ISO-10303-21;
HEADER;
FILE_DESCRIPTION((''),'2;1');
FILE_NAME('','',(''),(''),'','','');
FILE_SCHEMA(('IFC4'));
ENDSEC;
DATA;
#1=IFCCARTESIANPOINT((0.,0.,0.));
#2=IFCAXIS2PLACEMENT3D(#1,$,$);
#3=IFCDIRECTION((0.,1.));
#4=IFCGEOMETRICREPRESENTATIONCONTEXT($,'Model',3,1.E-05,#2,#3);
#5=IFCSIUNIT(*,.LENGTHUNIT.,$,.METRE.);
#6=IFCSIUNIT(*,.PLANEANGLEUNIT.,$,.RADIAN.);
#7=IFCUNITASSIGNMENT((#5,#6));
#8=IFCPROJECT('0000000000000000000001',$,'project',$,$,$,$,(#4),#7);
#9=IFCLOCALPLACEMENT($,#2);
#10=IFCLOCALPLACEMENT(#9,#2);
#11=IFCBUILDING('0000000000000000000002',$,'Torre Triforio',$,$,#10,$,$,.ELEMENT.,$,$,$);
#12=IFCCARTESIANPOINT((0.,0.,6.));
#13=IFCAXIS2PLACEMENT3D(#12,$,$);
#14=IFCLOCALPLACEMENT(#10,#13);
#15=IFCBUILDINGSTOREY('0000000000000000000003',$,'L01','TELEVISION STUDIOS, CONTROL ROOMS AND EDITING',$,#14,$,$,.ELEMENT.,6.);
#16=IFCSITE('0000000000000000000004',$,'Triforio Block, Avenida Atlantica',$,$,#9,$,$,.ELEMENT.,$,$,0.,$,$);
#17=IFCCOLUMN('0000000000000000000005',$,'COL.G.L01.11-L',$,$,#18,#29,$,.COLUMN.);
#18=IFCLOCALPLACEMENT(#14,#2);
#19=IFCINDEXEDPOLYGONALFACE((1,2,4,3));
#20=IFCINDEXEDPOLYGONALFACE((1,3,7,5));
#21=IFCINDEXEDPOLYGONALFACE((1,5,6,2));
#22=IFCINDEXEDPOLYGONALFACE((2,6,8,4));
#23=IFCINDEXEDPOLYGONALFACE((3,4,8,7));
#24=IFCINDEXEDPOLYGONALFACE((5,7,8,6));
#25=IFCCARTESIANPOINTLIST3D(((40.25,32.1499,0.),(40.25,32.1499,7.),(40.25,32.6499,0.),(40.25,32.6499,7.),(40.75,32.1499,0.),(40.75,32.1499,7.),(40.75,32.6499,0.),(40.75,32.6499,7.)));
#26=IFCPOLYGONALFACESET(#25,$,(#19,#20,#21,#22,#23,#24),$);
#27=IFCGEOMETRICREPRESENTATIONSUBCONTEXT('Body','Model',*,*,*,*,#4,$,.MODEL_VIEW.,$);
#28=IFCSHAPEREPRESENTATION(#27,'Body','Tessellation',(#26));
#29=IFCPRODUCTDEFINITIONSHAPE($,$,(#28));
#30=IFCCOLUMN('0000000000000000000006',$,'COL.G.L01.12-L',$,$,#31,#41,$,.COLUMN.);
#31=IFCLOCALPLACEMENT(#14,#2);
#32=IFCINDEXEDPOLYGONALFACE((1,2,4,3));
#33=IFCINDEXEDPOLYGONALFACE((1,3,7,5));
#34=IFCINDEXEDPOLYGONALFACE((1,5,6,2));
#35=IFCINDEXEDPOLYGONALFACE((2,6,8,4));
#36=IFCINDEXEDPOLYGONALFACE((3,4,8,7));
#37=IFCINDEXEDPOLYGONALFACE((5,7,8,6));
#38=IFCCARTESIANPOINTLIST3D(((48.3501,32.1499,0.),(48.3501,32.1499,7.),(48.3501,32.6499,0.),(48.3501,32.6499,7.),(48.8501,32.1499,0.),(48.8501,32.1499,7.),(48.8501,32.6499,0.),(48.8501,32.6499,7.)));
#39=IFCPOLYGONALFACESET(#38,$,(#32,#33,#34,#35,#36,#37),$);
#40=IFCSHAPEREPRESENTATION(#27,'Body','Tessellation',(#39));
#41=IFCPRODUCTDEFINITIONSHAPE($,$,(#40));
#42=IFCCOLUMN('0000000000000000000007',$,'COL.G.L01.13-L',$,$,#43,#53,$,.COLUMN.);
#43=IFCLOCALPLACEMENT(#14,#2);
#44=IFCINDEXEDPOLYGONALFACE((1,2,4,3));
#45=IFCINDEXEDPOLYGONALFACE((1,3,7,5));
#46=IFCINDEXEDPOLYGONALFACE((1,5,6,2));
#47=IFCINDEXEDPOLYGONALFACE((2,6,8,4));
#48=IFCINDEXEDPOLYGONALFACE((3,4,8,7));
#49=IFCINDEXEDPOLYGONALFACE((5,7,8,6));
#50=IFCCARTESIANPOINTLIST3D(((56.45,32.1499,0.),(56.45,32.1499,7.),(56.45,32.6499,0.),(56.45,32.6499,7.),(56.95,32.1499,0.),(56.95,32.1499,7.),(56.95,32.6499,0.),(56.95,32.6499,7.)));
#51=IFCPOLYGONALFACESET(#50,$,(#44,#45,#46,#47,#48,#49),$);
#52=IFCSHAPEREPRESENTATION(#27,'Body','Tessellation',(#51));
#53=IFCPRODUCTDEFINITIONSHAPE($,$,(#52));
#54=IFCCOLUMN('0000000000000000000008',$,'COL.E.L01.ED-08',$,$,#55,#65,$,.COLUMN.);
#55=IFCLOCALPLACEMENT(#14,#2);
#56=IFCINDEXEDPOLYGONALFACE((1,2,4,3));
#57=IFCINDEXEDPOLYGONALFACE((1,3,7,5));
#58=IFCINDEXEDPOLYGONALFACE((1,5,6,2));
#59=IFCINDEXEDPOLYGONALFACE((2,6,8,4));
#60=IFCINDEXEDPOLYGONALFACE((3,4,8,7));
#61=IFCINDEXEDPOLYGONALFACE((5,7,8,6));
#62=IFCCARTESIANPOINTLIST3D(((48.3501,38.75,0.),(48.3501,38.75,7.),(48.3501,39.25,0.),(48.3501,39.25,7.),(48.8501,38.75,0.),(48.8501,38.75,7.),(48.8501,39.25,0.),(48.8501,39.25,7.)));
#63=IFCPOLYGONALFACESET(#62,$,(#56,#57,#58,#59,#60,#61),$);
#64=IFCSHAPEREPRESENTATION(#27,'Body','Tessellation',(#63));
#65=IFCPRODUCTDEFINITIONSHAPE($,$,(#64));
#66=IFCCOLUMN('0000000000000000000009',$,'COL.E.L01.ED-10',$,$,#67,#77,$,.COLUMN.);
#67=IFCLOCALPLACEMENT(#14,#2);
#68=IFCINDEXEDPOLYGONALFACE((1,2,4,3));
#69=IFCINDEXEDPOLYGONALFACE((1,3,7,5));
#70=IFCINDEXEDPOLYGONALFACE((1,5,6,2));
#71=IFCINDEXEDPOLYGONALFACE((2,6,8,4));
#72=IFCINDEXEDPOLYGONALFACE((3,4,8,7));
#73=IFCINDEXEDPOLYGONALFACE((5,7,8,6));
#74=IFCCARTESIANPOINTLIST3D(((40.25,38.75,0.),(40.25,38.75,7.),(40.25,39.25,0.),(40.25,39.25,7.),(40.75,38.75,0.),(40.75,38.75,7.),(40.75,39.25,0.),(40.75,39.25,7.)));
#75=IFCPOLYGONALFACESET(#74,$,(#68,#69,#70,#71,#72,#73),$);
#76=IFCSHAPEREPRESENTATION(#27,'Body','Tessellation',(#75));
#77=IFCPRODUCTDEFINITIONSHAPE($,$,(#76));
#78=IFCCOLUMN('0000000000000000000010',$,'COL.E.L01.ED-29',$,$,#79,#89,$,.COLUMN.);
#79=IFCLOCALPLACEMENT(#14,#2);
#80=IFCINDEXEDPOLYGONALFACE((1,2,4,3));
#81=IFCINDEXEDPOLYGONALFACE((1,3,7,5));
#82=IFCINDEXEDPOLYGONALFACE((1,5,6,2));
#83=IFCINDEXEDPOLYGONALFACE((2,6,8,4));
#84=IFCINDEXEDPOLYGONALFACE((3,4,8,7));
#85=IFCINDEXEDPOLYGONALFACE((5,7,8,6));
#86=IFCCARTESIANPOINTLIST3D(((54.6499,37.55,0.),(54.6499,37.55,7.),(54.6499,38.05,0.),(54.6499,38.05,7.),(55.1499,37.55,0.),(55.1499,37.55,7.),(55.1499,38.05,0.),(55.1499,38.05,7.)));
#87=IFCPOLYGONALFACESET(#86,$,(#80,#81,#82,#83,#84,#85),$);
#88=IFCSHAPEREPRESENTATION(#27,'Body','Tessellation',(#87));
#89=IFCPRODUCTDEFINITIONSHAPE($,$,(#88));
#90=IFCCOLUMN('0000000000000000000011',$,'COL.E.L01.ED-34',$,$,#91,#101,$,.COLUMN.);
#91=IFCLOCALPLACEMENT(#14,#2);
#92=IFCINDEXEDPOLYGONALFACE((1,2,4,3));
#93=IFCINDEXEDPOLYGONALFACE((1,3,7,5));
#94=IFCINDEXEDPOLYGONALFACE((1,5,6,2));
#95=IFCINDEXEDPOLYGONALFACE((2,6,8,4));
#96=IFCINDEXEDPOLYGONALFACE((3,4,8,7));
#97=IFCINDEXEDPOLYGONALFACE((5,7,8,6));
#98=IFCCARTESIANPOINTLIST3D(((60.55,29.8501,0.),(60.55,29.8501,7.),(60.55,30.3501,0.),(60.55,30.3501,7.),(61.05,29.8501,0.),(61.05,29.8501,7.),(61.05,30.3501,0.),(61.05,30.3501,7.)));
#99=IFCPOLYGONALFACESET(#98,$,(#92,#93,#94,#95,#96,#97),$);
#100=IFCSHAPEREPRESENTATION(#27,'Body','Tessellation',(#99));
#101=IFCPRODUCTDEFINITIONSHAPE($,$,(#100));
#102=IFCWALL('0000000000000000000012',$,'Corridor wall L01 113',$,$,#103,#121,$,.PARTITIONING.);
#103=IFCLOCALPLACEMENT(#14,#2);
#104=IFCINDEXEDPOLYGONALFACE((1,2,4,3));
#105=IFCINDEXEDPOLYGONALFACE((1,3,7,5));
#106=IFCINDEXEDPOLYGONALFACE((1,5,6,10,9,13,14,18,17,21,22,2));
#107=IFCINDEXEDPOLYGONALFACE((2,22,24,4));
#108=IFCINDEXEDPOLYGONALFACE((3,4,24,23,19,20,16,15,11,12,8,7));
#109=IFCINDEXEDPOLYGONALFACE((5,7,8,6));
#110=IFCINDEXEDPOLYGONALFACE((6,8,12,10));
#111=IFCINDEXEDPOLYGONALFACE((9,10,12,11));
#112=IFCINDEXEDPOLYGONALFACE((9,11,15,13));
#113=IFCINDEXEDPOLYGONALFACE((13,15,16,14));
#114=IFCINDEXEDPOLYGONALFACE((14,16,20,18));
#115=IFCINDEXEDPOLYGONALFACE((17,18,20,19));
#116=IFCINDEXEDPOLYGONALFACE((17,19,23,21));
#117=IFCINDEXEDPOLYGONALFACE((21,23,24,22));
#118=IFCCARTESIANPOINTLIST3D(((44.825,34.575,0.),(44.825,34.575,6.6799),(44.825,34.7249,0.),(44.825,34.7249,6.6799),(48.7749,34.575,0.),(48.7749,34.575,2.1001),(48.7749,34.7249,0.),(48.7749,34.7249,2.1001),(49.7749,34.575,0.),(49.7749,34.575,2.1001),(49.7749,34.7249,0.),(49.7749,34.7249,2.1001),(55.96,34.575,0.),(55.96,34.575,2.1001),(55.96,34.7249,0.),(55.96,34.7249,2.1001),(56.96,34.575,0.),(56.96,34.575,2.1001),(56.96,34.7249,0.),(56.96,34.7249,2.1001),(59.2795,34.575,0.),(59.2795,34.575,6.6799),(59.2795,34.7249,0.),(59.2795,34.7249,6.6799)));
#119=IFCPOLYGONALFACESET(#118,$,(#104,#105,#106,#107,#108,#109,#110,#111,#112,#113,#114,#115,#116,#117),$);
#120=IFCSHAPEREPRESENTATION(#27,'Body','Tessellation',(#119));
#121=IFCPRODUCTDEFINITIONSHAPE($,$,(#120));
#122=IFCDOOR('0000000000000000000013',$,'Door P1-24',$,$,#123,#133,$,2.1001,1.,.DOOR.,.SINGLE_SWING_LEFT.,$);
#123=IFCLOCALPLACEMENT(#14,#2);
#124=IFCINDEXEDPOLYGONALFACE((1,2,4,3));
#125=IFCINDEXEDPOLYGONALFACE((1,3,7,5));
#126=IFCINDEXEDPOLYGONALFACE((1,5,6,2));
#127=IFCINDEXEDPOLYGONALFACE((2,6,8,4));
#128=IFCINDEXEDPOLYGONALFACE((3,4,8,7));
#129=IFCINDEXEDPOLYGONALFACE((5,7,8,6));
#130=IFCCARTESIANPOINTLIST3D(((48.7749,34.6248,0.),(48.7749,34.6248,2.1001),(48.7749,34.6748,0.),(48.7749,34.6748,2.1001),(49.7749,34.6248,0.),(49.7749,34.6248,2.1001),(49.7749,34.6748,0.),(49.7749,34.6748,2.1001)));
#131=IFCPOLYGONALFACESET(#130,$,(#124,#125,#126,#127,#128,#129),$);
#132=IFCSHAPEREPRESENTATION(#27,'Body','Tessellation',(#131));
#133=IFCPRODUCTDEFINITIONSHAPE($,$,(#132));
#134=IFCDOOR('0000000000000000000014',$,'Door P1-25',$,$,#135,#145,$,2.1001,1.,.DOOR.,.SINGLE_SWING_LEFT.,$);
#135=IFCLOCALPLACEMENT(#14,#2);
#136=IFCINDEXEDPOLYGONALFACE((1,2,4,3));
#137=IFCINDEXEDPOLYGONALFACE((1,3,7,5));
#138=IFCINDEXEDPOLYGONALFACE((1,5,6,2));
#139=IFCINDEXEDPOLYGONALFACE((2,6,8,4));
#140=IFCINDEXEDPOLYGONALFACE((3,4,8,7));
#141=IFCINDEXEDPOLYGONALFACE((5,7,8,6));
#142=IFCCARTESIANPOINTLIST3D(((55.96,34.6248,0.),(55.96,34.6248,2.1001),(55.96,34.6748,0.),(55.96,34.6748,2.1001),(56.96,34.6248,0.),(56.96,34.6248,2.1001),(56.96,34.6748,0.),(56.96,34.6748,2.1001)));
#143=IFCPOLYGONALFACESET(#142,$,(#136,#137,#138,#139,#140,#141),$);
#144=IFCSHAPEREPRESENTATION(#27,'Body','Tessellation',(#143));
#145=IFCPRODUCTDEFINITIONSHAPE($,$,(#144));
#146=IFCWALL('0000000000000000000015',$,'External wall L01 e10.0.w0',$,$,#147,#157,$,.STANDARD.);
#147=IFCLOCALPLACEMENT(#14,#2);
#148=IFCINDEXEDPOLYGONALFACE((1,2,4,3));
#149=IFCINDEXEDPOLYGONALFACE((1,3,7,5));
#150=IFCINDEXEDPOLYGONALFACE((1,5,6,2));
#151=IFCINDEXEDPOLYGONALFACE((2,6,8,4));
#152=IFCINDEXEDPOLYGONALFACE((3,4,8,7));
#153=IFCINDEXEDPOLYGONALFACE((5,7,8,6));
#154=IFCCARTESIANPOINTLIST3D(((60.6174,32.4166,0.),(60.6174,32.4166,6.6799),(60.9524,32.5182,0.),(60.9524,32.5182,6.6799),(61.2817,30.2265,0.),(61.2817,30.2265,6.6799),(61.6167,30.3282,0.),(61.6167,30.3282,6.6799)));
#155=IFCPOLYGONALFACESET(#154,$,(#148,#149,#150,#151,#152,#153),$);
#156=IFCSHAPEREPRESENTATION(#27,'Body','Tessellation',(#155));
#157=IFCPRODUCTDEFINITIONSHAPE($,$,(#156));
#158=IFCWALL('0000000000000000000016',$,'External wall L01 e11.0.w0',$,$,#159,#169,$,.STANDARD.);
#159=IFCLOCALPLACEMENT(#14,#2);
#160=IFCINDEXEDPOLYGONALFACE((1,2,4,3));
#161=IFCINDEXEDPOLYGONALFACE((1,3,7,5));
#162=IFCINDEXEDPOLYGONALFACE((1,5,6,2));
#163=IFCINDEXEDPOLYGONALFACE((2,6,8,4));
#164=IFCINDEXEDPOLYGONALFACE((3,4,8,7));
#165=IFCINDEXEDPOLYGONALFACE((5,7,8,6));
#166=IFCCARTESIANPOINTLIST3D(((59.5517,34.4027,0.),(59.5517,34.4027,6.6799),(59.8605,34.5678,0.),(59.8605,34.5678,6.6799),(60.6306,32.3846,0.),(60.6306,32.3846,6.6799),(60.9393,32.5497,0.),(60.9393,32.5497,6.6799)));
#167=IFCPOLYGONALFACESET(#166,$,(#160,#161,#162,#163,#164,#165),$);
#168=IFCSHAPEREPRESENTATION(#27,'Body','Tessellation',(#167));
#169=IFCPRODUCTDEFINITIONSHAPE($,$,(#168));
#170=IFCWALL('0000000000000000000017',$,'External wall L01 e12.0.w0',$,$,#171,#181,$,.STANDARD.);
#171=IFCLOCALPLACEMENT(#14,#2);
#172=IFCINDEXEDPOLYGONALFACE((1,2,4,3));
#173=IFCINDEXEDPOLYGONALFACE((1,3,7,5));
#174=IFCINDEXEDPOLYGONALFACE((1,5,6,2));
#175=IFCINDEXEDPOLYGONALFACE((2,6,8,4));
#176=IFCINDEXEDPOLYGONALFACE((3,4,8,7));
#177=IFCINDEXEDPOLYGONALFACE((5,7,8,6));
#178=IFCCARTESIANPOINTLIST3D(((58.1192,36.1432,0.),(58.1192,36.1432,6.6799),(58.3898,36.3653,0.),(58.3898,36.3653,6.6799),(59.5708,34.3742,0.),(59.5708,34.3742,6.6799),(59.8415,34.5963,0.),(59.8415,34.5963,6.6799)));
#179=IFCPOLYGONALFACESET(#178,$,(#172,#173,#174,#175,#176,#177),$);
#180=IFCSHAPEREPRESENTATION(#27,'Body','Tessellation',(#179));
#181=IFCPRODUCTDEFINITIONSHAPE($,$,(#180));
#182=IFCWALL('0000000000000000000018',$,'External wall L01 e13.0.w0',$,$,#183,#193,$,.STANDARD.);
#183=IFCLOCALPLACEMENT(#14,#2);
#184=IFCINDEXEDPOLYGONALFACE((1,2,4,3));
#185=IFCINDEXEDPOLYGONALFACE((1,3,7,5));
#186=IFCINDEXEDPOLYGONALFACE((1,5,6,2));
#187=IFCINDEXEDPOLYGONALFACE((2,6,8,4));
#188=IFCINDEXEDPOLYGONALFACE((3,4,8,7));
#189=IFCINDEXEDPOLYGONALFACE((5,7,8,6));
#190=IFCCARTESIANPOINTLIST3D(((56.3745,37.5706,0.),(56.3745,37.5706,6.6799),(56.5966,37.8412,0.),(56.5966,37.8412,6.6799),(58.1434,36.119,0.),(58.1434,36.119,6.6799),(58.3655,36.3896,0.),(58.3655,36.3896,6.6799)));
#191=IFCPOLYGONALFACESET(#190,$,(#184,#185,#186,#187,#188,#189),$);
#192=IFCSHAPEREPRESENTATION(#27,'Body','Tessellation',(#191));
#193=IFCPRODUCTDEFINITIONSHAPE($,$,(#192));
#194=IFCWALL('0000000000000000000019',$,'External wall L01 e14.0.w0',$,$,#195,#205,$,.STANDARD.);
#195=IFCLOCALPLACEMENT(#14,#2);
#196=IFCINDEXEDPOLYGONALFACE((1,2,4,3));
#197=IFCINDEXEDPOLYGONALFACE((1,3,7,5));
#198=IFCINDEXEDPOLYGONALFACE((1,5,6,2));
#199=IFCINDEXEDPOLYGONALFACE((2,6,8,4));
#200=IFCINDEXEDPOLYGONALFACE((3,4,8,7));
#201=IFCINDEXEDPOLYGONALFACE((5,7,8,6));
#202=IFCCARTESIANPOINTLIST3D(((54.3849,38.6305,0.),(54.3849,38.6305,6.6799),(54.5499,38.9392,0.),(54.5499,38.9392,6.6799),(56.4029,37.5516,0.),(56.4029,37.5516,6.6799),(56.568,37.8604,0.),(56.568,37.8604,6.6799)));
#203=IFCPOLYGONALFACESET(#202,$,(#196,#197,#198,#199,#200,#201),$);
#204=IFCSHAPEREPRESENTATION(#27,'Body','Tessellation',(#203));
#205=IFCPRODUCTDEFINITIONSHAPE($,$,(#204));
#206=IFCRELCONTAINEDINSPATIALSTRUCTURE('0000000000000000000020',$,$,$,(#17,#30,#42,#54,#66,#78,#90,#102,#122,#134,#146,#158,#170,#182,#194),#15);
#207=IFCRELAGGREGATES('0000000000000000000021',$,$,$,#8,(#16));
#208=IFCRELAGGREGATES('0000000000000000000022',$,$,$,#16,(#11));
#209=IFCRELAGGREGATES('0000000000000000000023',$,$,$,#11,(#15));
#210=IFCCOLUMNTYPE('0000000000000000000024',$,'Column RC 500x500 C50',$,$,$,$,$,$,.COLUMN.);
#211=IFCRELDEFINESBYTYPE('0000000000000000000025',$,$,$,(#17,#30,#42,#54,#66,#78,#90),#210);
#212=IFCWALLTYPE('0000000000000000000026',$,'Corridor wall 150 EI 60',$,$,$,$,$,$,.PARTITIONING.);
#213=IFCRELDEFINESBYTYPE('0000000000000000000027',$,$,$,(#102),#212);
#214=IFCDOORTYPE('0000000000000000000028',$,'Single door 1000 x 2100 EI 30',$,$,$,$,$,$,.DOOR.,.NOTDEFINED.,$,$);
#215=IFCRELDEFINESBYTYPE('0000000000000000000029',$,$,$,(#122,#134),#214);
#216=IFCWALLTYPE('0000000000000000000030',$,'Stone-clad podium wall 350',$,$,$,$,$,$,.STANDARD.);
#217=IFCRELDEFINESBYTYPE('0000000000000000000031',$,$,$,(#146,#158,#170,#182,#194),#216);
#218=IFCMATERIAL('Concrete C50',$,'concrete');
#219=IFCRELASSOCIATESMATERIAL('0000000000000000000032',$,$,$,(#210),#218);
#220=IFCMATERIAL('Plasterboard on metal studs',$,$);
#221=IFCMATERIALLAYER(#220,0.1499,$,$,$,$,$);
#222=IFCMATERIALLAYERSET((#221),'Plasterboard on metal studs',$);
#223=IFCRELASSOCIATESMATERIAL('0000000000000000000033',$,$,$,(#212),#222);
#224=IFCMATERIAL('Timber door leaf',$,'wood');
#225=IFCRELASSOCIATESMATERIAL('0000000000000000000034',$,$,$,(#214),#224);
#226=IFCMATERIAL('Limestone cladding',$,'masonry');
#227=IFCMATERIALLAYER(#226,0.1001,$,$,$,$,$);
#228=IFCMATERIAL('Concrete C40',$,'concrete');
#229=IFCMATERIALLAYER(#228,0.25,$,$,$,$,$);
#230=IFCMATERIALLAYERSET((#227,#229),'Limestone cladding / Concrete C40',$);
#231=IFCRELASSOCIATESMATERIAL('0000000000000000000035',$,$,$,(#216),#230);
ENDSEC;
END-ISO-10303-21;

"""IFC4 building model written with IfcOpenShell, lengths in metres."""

from ifc_helpers import new_model, si_unit, direction, frame, frame_2d, origin, origin_2d, place, context, subcontext, project, spatial, rectangle, extrude, material, layer, layer_set, material_profile, profile_set, type_object, element, fill, save


model = new_model("IFC4")

# Units and contexts
model_context = context("Model", 3, precision=1e-05, world=origin(), true_north=direction((0.0, 1.0)))
body_context = subcontext(model_context, "Body", "Model", "MODEL_VIEW")
ifc_project = project(units=[si_unit("LENGTHUNIT", "METRE"), si_unit("PLANEANGLEUNIT", "RADIAN")], contexts=[model_context])

# Site, building, storey
site_placement = place(None, origin())
site = spatial("IfcSite", under=ifc_project, at=site_placement, Name="Triforio Block, Avenida Atlantica", CompositionType="ELEMENT", RefElevation=0.0)
building_placement = place(site_placement, origin())
building = spatial("IfcBuilding", under=site, at=building_placement, Name="Torre Triforio", CompositionType="ELEMENT")
storey_placement = place(building_placement, frame((0.0, 0.0, 6.0)))
storey = spatial("IfcBuildingStorey", under=building, at=storey_placement, Name="L01", Description="TELEVISION STUDIOS, CONTROL ROOMS AND EDITING", CompositionType="ELEMENT", Elevation=6.0)

# Columns
ifc_material_1 = material(Name="Concrete C50", Category="concrete")
ifc_material_profile = material_profile(ifc_material_1, rectangle(XDim=0.5, YDim=0.5, at=origin_2d()), Name="RC 500x500")
ifc_profile_set = profile_set([ifc_material_profile], Name="Concrete C50")
column_type = type_object("IfcColumnType", Name="Column RC 500x500 C50", PredefinedType="COLUMN", material=ifc_profile_set)
for number, where, z_axis, x_axis, name in (
    (1, (40.5, 32.3999, 0.0), (0.0, 0.0, 1.0), (1.0, 0.0, 0.0), "COL.G.L01.11-L"),
    (2, (48.6001, 32.3999, 0.0), (0.0, 0.0, 1.0), (1.0, 0.0, 0.0), "COL.G.L01.12-L"),
    (3, (56.7, 32.3999, 0.0), (0.0, 0.0, 1.0), (1.0, 0.0, 0.0), "COL.G.L01.13-L"),
    (4, (48.6001, 39.0, 0.0), (0.0, 0.0, 1.0), (1.0, 0.0, 0.0), "COL.E.L01.ED-08"),
    (5, (40.5, 39.0, 0.0), (0.0, 0.0, 1.0), (1.0, 0.0, 0.0), "COL.E.L01.ED-10"),
    (6, (54.8999, 37.8, 0.0), (0.0, 0.0, 1.0), (1.0, 0.0, 0.0), "COL.E.L01.ED-29"),
    (7, (60.8, 30.1001, 0.0), (0.0, 0.0, 1.0), (1.0, 0.0, 0.0), "COL.E.L01.ED-34"),
):
    element("IfcColumn", number, at=place(storey_placement, frame(where, z_axis=z_axis, x_axis=x_axis)), inside=storey, type_object=column_type, Name=name, PredefinedType="COLUMN", context=body_context, shape_type="SweptSolid", body=[
        extrude(rectangle(XDim=0.5, YDim=0.5, at=origin_2d()), origin(), (0.0, 0.0, 1.0), 7.0),
    ])

# Wall, openings, doors
ifc_material_2 = material(Name="Plasterboard on metal studs")
ifc_layer_1 = layer(ifc_material_2, 0.1499)
ifc_layer_set_1 = layer_set([ifc_layer_1], Name="Plasterboard on metal studs")
wall_type_1 = type_object("IfcWallType", Name="Corridor wall 150 EI 60", PredefinedType="PARTITIONING", material=ifc_layer_set_1)
wall_1_placement = place(storey_placement, frame((44.825, 34.6499, 0.0), z_axis=(0.0, 0.0, 1.0), x_axis=(1.0, 0.0, 0.0)))
wall_1 = element("IfcWall", 8, at=wall_1_placement, inside=storey, type_object=wall_type_1, Name="Corridor wall L01 113", PredefinedType="PARTITIONING", context=body_context, shape_type="SweptSolid", body=[
    extrude(rectangle(XDim=14.4546, YDim=0.1499, at=frame_2d((7.2273, 0.0))), origin(), (0.0, 0.0, 1.0), 6.6799),
])
opening_1_placement = place(wall_1_placement, frame((3.95, 0.0, 0.0)))
opening_1 = element("IfcOpeningElement", 9, at=opening_1_placement, cuts=wall_1, PredefinedType="OPENING", context=body_context, shape_type="SweptSolid", body=[
    extrude(rectangle(XDim=1.0, YDim=2.1001, at=frame_2d((0.5, 1.05))), frame((0.0, 0.085, 0.0), z_axis=(0.0, -1.0, 0.0), x_axis=(1.0, 0.0, 0.0)), (0.0, 0.0, 1.0), 0.1699),
])
opening_2_placement = place(wall_1_placement, frame((11.135, 0.0, 0.0)))
opening_2 = element("IfcOpeningElement", 10, at=opening_2_placement, cuts=wall_1, PredefinedType="OPENING", context=body_context, shape_type="SweptSolid", body=[
    extrude(rectangle(XDim=1.0, YDim=2.1001, at=frame_2d((0.5, 1.05))), frame((0.0, 0.085, 0.0), z_axis=(0.0, -1.0, 0.0), x_axis=(1.0, 0.0, 0.0)), (0.0, 0.0, 1.0), 0.1699),
])
ifc_material_3 = material(Name="Timber door leaf", Category="wood")
door_type = type_object("IfcDoorType", Name="Single door 1000 x 2100 EI 30", OperationType="NOTDEFINED", PredefinedType="DOOR", material=ifc_material_3)
door_1_placement = place(opening_1_placement, origin())
door_1 = element("IfcDoor", 11, at=door_1_placement, inside=storey, type_object=door_type, Name="Door P1-24", OperationType="SINGLE_SWING_LEFT", OverallHeight=2.1001, OverallWidth=1.0, PredefinedType="DOOR", context=body_context, shape_type="SweptSolid", body=[
    extrude(rectangle(XDim=1.0, YDim=2.1001, at=frame_2d((0.5, 1.05))), frame((0.0, 0.0249, 0.0), z_axis=(0.0, -1.0, 0.0), x_axis=(1.0, 0.0, 0.0)), (0.0, 0.0, 1.0), 0.05),
])
fill(opening_1, door_1)
door_2_placement = place(opening_2_placement, origin())
door_2 = element("IfcDoor", 12, at=door_2_placement, inside=storey, type_object=door_type, Name="Door P1-25", OperationType="SINGLE_SWING_LEFT", OverallHeight=2.1001, OverallWidth=1.0, PredefinedType="DOOR", context=body_context, shape_type="SweptSolid", body=[
    extrude(rectangle(XDim=1.0, YDim=2.1001, at=frame_2d((0.5, 1.05))), frame((0.0, 0.0249, 0.0), z_axis=(0.0, -1.0, 0.0), x_axis=(1.0, 0.0, 0.0)), (0.0, 0.0, 1.0), 0.05),
])
fill(opening_2, door_2)

# Walls
ifc_material_4 = material(Name="Limestone cladding", Category="masonry")
ifc_layer_2 = layer(ifc_material_4, 0.1001)
ifc_material_5 = material(Name="Concrete C40", Category="concrete")
ifc_layer_3 = layer(ifc_material_5, 0.25)
ifc_layer_set_2 = layer_set([ifc_layer_2, ifc_layer_3], Name="Limestone cladding / Concrete C40")
wall_type_2 = type_object("IfcWallType", Name="Stone-clad podium wall 350", PredefinedType="STANDARD", material=ifc_layer_set_2)
wall_2_placement = place(storey_placement, frame((61.4492, 30.2773, 0.0), z_axis=(0.0, 0.0, 1.0), x_axis=(-0.290283, 0.956941, 0.0)))
element("IfcWall", 13, at=wall_2_placement, inside=storey, type_object=wall_type_2, Name="External wall L01 e10.0.w0", PredefinedType="STANDARD", context=body_context, shape_type="SweptSolid", body=[
    extrude(rectangle(XDim=2.2886, YDim=0.3501, at=frame_2d((1.1443, 0.0))), origin(), (0.0, 0.0, 1.0), 6.6799),
])
for number, where, z_axis, x_axis, name in (
    (14, (60.7849, 32.4673, 0.0), (0.0, 0.0, 1.0), (-0.471457, 0.881889, 0.0), "External wall L01 e11.0.w0"),
    (15, (59.7061, 34.4854, 0.0), (0.0, 0.0, 1.0), (-0.634353, 0.773044, 0.0), "External wall L01 e12.0.w0"),
    (16, (58.2544, 36.2544, 0.0), (0.0, 0.0, 1.0), (-0.773044, 0.634353, 0.0), "External wall L01 e13.0.w0"),
    (17, (56.4854, 37.7061, 0.0), (0.0, 0.0, 1.0), (-0.881889, 0.471457, 0.0), "External wall L01 e14.0.w0"),
):
    element("IfcWall", number, at=place(storey_placement, frame(where, z_axis=z_axis, x_axis=x_axis)), inside=storey, type_object=wall_type_2, Name=name, PredefinedType="STANDARD", context=body_context, shape_type="SweptSolid", body=[
        extrude(rectangle(XDim=2.2883, YDim=0.3501, at=frame_2d((1.144, 0.0))), origin(), (0.0, 0.0, 1.0), 6.6799),
    ])

save(model, "model.ifc")
